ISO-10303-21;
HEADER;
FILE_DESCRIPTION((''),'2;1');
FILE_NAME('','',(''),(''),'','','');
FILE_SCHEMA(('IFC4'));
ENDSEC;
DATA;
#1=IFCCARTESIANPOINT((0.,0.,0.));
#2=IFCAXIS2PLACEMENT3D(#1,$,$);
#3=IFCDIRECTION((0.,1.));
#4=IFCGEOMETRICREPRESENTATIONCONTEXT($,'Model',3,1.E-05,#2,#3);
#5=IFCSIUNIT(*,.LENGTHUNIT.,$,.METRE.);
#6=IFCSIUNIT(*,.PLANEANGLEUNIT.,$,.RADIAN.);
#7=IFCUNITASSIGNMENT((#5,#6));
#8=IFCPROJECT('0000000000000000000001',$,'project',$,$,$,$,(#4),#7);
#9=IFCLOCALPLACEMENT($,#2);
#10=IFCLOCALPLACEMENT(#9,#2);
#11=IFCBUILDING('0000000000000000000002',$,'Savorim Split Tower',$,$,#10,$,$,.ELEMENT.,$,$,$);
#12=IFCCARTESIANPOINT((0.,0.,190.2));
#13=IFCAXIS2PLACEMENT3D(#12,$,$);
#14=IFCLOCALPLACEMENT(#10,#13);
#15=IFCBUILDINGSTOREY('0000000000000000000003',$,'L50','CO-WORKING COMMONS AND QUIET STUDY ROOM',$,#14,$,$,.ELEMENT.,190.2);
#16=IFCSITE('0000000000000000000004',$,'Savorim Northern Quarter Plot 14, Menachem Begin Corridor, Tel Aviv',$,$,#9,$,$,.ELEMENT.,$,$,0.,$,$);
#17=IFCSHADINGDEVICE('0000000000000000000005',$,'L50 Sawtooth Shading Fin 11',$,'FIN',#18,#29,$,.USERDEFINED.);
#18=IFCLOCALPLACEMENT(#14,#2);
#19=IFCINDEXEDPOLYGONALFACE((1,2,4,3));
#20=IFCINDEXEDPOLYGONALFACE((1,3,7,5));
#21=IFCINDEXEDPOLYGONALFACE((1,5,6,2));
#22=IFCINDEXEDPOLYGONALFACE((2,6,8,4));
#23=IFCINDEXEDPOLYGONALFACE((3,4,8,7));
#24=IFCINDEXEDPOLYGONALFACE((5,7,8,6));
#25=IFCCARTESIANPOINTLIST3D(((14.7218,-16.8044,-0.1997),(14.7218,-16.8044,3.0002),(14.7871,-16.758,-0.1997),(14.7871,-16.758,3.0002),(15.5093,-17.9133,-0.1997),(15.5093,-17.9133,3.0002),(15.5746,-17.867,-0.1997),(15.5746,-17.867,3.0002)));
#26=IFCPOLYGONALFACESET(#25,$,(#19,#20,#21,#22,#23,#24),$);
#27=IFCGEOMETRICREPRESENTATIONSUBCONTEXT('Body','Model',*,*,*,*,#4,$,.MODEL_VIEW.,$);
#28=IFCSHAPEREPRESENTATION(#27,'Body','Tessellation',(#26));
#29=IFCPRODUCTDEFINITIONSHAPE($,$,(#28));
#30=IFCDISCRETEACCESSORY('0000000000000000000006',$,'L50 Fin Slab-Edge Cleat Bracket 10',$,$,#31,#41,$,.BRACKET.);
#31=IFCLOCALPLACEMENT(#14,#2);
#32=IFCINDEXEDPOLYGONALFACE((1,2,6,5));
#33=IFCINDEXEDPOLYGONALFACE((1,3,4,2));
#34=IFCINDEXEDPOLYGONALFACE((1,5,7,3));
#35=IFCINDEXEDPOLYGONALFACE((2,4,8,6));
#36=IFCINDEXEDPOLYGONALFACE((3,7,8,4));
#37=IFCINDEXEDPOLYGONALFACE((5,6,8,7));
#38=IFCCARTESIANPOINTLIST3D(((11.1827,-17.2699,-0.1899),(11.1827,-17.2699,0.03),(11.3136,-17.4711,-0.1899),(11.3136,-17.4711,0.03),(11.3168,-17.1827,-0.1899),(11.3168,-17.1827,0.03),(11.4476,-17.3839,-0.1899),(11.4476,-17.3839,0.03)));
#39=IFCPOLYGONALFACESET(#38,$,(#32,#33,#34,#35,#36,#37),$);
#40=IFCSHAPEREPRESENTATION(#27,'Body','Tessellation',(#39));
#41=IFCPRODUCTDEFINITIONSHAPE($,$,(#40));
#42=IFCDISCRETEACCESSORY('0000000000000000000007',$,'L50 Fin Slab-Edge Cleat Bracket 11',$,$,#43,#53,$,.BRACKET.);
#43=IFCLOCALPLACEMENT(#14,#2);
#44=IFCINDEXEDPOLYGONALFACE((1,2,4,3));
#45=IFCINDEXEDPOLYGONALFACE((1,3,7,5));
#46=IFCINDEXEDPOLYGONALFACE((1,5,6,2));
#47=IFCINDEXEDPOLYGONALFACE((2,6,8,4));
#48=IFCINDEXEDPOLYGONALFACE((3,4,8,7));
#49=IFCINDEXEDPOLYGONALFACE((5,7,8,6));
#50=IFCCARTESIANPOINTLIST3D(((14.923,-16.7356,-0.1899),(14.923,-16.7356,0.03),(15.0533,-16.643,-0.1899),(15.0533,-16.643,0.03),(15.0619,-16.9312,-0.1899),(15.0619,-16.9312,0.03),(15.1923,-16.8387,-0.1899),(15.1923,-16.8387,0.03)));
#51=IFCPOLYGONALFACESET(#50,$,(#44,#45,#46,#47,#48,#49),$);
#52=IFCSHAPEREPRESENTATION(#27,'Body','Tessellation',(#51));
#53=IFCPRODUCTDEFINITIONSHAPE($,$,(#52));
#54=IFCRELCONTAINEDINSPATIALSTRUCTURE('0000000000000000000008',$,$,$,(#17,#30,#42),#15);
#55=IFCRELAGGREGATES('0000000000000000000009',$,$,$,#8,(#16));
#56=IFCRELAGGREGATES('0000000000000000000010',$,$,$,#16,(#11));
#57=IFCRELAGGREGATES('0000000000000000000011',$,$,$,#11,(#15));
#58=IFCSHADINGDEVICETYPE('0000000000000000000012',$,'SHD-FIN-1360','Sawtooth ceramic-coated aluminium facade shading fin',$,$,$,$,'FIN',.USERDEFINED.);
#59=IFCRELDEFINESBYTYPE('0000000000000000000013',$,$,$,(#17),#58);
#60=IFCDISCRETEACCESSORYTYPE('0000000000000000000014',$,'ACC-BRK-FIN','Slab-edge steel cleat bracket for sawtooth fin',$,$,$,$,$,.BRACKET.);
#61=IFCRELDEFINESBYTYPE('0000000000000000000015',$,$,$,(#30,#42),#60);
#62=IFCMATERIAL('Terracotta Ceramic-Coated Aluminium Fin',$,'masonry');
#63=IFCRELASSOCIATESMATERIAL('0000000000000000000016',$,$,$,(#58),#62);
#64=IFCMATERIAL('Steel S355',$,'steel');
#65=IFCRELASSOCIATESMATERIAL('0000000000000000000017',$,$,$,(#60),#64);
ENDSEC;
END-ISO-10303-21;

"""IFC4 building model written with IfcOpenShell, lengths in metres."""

from ifc_helpers import new_model, si_unit, direction, frame, origin, origin_2d, place, context, subcontext, project, spatial, rectangle, extrude, material, type_object, element, save


model = new_model("IFC4")

# Units and contexts
model_context = context("Model", 3, precision=1e-05, world=origin(), true_north=direction((0.0, 1.0)))
body_context = subcontext(model_context, "Body", "Model", "MODEL_VIEW")
ifc_project = project(units=[si_unit("LENGTHUNIT", "METRE"), si_unit("PLANEANGLEUNIT", "RADIAN")], contexts=[model_context])

# Site, building, storey
site_placement = place(None, origin())
site = spatial("IfcSite", under=ifc_project, at=site_placement, Name="Savorim Northern Quarter Plot 14, Menachem Begin Corridor, Tel Aviv", CompositionType="ELEMENT", RefElevation=0.0)
building_placement = place(site_placement, origin())
building = spatial("IfcBuilding", under=site, at=building_placement, Name="Savorim Split Tower", CompositionType="ELEMENT")
storey_placement = place(building_placement, frame((0.0, 0.0, 190.2)))
storey = spatial("IfcBuildingStorey", under=building, at=storey_placement, Name="L50", Description="CO-WORKING COMMONS AND QUIET STUDY ROOM", CompositionType="ELEMENT", Elevation=190.2)

# Shared definitions
ifc_material_1 = material(Name="Steel S355", Category="steel")

# Shading device
ifc_material_2 = material(Name="Terracotta Ceramic-Coated Aluminium Fin", Category="masonry")
shading_device_type = type_object("IfcShadingDeviceType", Name="SHD-FIN-1360", Description="Sawtooth ceramic-coated aluminium facade shading fin", ElementType="FIN", PredefinedType="USERDEFINED", material=ifc_material_2)
for number, where, z_axis, x_axis, name in (
    (1, (15.1482, -17.3357, -0.1997), (0.0, 0.0, 1.0), (0.578994, -0.815332, 0.0), "L50 Sawtooth Shading Fin 11"),
):
    element("IfcShadingDevice", number, at=place(storey_placement, frame(where, z_axis=z_axis, x_axis=x_axis)), inside=storey, type_object=shading_device_type, Name=name, ObjectType="FIN", PredefinedType="USERDEFINED", context=body_context, shape_type="SweptSolid", body=[
        extrude(rectangle(XDim=1.3601, YDim=0.0801, at=origin_2d()), origin(), (0.0, 0.0, 1.0), 3.2),
    ])

# Discrete accessories
discrete_accessory_type = type_object("IfcDiscreteAccessoryType", Name="ACC-BRK-FIN", Description="Slab-edge steel cleat bracket for sawtooth fin", PredefinedType="BRACKET", material=ifc_material_1)
for number, where, z_axis, x_axis, name in (
    (2, (11.3152, -17.3269, -0.1899), (0.0, 0.0, 1.0), (0.545148, -0.83834, 0.0), "L50 Fin Slab-Edge Cleat Bracket 10"),
    (3, (15.0576, -16.7871, -0.1899), (0.0, 0.0, 1.0), (0.578994, -0.815332, 0.0), "L50 Fin Slab-Edge Cleat Bracket 11"),
):
    element("IfcDiscreteAccessory", number, at=place(storey_placement, frame(where, z_axis=z_axis, x_axis=x_axis)), inside=storey, type_object=discrete_accessory_type, Name=name, PredefinedType="BRACKET", context=body_context, shape_type="SweptSolid", body=[
        extrude(rectangle(XDim=0.24, YDim=0.1599, at=origin_2d()), origin(), (0.0, 0.0, 1.0), 0.22),
    ])

save(model, "model.ifc")
